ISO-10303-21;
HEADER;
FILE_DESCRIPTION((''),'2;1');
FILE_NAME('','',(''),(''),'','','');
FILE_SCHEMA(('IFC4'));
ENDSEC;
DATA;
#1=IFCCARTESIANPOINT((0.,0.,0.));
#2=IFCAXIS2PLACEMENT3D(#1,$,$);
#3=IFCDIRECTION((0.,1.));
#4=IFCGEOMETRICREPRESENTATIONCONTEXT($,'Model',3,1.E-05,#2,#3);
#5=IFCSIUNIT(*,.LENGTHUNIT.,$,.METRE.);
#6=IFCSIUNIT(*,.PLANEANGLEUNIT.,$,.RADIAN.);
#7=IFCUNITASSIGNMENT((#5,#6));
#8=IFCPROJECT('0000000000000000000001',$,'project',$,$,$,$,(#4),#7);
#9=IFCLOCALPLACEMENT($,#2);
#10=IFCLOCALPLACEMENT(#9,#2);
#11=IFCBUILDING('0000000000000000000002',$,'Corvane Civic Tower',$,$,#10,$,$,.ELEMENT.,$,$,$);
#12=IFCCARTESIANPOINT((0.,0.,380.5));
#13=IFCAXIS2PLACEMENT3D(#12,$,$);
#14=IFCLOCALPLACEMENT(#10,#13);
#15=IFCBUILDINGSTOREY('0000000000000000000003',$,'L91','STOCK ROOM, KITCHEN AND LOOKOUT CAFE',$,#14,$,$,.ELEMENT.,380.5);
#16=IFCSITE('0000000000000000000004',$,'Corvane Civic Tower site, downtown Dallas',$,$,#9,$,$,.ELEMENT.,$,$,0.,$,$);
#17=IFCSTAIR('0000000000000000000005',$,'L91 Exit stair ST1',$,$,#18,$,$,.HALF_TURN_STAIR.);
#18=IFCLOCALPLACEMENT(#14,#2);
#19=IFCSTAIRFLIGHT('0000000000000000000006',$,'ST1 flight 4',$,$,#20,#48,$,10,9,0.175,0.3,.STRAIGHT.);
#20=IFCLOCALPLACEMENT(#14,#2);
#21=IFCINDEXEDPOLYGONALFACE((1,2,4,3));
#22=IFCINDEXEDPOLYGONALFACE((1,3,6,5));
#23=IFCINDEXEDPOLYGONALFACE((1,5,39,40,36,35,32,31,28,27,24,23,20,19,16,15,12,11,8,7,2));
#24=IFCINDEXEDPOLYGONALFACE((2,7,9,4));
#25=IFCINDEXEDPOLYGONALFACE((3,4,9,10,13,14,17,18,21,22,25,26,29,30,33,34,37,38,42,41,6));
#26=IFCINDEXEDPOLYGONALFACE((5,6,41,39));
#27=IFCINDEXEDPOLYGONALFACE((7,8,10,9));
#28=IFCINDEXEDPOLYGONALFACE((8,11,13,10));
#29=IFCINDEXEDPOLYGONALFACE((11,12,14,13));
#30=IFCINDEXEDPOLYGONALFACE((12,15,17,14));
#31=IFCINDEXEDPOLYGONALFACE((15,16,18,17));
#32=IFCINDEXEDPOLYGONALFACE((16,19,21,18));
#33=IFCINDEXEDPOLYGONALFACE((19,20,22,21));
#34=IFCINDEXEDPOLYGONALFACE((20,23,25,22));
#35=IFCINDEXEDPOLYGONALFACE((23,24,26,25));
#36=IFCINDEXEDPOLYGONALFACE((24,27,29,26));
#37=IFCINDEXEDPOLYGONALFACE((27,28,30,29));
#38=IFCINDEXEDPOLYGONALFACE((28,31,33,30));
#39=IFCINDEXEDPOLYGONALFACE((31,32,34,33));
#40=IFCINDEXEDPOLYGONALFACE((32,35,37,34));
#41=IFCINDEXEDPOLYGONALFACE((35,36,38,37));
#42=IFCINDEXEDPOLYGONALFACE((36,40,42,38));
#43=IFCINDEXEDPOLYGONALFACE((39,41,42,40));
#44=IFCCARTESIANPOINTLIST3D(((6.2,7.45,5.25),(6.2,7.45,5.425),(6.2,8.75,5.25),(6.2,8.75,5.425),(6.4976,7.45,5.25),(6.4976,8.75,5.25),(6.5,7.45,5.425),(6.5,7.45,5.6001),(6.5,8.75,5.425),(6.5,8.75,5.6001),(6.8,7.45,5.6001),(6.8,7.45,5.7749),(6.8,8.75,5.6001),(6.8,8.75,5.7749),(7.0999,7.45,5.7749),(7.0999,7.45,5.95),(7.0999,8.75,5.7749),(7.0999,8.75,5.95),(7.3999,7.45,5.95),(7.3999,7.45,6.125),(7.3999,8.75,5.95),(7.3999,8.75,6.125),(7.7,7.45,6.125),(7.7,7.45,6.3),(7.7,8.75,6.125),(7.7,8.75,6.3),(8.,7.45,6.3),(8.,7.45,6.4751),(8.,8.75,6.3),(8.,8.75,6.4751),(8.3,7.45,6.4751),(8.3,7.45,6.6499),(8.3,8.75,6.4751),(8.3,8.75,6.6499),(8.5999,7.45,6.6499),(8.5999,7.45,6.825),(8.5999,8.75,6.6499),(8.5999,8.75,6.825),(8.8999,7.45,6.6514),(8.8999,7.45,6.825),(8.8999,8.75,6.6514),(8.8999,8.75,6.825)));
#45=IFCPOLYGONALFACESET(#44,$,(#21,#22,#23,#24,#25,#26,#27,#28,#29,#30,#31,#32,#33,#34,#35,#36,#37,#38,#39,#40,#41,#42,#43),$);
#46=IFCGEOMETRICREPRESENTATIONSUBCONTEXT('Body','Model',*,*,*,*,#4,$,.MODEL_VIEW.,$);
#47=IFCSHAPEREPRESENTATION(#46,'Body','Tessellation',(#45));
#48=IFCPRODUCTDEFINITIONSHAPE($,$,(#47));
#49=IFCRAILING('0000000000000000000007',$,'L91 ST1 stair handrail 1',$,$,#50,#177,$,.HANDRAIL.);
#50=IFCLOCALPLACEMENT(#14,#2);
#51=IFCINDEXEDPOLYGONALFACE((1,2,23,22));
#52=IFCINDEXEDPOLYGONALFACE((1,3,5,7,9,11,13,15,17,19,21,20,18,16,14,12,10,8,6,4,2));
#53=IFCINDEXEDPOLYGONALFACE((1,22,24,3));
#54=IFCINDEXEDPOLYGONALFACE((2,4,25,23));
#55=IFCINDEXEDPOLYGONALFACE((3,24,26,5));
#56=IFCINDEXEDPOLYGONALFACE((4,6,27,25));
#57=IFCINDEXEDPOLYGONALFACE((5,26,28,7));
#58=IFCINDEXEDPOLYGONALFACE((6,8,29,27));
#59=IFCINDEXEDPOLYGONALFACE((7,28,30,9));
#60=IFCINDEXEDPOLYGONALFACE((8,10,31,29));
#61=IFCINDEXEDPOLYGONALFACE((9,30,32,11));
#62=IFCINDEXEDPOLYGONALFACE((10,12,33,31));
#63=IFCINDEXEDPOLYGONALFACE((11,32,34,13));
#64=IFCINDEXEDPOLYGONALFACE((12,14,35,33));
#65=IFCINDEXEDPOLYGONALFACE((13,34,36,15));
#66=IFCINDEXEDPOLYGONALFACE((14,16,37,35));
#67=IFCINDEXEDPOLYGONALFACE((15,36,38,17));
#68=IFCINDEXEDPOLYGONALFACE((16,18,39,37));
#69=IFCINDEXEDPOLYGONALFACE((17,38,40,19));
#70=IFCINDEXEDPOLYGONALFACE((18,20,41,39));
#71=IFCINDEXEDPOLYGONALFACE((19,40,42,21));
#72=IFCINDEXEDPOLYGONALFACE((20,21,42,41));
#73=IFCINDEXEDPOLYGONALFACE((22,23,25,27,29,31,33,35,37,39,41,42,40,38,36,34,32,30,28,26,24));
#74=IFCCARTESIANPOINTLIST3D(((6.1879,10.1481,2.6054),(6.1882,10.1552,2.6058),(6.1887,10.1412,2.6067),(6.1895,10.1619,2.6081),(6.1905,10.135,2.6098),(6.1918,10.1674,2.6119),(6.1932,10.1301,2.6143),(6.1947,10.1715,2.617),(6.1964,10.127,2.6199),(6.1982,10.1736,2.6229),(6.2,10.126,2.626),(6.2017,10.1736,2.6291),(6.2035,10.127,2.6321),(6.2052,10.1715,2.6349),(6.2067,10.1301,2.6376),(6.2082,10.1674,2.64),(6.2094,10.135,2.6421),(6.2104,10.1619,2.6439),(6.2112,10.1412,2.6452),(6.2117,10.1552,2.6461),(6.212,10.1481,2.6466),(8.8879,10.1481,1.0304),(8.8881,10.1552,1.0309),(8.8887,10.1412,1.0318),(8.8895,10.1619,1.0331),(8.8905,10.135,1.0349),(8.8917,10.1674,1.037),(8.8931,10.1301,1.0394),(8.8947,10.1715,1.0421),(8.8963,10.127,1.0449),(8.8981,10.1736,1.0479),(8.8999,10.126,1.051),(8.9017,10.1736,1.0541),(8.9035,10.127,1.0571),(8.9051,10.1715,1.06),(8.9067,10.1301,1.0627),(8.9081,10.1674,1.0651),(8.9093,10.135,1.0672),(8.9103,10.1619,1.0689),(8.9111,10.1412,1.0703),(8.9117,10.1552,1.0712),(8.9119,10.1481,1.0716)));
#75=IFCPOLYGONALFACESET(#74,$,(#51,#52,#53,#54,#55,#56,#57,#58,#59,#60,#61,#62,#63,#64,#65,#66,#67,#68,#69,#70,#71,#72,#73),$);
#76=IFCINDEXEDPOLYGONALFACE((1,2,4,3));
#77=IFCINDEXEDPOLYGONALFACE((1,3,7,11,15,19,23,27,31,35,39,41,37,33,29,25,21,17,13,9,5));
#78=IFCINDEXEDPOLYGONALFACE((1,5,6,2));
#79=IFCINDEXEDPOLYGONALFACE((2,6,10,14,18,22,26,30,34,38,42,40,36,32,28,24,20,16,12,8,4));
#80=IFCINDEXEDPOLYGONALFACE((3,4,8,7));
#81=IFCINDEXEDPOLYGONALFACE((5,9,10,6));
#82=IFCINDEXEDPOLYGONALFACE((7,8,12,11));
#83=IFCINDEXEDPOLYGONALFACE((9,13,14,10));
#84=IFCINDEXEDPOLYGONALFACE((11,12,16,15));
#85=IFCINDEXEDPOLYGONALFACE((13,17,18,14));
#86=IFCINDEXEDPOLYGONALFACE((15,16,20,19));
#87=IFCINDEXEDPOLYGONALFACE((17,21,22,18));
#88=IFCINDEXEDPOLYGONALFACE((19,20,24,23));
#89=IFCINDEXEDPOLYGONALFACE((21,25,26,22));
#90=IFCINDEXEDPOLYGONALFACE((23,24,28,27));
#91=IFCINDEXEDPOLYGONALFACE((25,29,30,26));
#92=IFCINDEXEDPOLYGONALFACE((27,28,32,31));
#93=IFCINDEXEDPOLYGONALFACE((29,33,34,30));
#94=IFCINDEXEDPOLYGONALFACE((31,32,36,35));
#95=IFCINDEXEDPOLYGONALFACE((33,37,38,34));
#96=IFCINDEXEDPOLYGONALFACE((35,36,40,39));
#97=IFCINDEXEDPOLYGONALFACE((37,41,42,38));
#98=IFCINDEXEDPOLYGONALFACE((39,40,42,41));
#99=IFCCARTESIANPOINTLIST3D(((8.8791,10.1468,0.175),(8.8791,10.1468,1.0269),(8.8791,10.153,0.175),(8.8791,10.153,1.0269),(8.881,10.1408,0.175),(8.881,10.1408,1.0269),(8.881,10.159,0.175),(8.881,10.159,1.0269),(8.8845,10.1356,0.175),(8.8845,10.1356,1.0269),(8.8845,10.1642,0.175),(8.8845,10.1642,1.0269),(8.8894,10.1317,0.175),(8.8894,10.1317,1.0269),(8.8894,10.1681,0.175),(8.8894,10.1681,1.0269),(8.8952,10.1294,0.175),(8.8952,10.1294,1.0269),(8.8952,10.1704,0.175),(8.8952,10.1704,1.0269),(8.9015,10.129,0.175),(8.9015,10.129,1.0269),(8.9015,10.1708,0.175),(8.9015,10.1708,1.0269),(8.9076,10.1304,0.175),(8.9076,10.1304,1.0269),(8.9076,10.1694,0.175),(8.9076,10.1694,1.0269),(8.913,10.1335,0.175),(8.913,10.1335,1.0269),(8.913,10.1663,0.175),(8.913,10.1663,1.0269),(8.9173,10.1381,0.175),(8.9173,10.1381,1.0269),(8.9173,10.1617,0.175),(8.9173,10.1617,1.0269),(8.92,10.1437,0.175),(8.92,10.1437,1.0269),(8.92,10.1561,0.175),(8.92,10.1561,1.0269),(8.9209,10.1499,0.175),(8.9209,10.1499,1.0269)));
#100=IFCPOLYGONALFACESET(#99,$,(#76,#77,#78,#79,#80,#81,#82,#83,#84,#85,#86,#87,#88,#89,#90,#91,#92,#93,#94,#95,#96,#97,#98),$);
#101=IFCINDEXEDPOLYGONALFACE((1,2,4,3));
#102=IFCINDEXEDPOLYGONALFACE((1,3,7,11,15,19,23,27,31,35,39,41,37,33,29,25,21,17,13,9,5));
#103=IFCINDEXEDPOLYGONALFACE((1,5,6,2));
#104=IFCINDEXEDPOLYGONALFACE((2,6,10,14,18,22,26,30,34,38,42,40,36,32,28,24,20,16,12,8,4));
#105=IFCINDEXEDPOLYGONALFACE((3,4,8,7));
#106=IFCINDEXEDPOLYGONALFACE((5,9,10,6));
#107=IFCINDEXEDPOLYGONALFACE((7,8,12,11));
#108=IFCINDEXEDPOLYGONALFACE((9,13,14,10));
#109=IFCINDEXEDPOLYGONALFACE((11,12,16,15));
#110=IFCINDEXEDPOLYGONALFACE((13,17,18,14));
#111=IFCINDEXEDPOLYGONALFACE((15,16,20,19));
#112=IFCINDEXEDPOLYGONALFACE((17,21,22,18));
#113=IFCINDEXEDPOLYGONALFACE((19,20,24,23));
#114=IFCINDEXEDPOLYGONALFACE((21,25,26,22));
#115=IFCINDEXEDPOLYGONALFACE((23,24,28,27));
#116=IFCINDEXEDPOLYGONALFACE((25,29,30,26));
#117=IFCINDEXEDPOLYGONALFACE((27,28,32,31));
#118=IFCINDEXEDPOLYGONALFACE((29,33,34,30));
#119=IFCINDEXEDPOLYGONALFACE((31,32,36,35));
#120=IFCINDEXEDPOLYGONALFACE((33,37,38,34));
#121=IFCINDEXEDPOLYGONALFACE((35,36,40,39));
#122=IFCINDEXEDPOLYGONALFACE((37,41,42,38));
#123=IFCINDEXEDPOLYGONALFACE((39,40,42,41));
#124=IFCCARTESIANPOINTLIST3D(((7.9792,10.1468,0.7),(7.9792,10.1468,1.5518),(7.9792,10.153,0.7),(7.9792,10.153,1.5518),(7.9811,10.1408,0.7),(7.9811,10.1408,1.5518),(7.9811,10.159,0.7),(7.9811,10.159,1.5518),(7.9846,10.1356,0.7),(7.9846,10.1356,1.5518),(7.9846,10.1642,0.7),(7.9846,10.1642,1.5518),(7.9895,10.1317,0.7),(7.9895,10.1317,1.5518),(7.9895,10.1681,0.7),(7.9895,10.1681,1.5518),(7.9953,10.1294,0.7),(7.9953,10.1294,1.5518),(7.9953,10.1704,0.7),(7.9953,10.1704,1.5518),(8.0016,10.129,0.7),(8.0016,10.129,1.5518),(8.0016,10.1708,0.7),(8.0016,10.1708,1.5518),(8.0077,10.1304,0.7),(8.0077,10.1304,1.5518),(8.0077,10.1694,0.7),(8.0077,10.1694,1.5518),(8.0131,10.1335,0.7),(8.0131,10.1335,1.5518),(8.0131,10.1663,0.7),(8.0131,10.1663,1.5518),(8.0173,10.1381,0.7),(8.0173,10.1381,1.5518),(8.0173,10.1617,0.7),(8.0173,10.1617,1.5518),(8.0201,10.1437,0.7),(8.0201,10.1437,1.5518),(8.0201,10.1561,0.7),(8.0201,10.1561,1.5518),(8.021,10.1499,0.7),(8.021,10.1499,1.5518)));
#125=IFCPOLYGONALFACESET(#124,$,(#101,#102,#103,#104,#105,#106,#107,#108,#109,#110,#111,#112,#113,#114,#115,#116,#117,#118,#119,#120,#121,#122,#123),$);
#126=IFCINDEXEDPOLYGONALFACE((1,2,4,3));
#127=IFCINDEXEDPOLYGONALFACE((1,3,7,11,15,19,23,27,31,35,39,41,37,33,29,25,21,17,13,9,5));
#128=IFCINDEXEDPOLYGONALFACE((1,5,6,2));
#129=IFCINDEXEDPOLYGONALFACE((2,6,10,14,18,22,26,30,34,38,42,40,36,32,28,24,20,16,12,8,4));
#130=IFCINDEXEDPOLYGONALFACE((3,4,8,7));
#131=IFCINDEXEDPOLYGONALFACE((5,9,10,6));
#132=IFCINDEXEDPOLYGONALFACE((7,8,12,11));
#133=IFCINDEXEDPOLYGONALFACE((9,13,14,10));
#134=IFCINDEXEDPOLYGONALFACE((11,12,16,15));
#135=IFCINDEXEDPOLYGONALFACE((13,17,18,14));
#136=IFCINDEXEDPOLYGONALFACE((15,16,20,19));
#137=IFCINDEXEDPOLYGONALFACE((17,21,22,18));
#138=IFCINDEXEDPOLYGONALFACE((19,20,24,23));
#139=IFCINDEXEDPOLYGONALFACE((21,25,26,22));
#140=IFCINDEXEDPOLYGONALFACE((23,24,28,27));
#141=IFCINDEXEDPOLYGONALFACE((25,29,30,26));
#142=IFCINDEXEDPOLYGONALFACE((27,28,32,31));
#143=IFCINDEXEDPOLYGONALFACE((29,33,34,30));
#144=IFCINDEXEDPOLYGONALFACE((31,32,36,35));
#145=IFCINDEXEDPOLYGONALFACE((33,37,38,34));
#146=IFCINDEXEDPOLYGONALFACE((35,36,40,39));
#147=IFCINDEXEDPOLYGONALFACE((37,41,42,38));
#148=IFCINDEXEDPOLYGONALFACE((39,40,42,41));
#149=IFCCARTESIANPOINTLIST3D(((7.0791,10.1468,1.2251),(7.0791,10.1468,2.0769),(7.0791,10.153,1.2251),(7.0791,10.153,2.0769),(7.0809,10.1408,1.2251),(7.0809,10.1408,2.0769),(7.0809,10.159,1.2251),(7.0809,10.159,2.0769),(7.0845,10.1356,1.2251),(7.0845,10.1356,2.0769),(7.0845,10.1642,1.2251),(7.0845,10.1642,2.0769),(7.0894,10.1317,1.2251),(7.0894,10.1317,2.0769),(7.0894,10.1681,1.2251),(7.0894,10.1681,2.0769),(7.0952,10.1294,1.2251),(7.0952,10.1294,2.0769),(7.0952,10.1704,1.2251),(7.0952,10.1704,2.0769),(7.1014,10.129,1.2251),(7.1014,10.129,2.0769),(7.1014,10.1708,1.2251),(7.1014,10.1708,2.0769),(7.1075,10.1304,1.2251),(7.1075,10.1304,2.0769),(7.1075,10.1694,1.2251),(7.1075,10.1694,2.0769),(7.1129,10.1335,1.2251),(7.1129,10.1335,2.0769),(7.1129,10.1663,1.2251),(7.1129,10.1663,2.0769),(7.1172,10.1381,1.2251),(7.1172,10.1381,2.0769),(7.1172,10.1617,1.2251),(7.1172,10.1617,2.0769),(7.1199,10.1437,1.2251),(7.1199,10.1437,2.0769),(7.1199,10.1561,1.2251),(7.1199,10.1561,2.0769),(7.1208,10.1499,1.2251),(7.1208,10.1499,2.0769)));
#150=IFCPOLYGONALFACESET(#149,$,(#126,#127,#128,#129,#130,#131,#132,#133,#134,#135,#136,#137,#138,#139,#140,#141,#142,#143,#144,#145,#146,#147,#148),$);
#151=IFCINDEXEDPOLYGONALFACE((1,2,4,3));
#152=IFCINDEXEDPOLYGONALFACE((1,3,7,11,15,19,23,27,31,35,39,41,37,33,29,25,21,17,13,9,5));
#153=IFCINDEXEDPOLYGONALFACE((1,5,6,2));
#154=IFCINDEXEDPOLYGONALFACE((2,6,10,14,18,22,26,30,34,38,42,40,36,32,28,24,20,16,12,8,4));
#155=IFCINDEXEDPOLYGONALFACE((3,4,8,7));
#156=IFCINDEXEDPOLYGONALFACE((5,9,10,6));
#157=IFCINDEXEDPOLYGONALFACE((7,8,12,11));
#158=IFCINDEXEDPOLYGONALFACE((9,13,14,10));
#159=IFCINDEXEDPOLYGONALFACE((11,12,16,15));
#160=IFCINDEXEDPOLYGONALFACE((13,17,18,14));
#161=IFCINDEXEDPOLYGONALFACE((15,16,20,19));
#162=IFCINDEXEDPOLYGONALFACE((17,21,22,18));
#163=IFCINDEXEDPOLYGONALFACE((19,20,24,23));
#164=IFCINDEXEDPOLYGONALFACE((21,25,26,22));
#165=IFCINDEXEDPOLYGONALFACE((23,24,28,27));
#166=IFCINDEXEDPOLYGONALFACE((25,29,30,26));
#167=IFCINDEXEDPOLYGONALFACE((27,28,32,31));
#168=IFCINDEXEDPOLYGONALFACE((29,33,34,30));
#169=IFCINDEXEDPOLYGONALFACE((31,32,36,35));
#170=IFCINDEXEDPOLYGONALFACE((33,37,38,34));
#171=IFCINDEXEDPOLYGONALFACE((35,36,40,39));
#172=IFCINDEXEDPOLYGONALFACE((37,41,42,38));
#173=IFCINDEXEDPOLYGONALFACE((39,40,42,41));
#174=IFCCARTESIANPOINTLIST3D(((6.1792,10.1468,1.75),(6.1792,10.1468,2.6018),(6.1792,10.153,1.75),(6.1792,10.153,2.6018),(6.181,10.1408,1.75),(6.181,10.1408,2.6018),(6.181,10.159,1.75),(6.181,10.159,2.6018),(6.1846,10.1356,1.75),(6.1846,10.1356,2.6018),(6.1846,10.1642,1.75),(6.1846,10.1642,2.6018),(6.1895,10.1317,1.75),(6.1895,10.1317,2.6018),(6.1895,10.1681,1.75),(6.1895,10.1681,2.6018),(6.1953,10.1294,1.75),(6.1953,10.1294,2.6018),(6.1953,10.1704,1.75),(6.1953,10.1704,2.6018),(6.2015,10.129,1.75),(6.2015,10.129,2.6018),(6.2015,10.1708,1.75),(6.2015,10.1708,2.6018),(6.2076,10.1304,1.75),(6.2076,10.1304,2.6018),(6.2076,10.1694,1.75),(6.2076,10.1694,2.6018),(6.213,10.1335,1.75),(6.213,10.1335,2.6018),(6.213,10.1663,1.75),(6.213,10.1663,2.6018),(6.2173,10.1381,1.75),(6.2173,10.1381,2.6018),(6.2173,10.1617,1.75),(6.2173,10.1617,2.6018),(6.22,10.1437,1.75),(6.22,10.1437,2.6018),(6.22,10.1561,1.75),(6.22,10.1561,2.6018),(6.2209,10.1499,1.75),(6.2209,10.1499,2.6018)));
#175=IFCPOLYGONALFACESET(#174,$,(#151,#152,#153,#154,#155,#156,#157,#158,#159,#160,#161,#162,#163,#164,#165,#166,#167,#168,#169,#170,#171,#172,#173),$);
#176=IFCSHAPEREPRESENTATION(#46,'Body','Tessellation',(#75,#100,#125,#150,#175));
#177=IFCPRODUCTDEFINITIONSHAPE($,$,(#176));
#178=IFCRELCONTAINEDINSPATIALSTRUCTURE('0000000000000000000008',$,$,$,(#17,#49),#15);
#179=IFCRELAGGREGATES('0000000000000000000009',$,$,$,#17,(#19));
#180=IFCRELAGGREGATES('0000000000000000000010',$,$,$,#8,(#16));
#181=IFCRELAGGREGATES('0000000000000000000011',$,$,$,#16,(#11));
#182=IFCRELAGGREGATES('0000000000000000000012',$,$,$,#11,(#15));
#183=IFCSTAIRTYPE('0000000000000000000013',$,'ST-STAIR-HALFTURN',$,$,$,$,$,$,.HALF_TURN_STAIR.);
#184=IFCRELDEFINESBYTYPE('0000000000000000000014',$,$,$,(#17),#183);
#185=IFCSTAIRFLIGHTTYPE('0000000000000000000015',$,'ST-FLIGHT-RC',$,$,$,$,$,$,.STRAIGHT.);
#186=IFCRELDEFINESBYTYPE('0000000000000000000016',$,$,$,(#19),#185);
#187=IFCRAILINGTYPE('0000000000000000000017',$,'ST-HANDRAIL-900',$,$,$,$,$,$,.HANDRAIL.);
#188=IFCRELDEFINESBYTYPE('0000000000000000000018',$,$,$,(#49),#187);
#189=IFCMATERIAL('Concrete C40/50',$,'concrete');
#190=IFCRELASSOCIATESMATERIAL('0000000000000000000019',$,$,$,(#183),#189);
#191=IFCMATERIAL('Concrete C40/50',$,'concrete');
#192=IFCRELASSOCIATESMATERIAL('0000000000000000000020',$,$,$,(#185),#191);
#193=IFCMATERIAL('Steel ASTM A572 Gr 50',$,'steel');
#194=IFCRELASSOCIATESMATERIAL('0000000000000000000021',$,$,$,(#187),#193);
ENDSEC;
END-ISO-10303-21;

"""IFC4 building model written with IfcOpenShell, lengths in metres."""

from ifc_helpers import new_model, si_unit, direction, frame, origin, origin_2d, place, context, subcontext, project, spatial, polyline, circle, outline, extrude, material, type_object, element, aggregate, save


model = new_model("IFC4")

# Units and contexts
model_context = context("Model", 3, precision=1e-05, world=origin(), true_north=direction((0.0, 1.0)))
body_context = subcontext(model_context, "Body", "Model", "MODEL_VIEW")
ifc_project = project(units=[si_unit("LENGTHUNIT", "METRE"), si_unit("PLANEANGLEUNIT", "RADIAN")], contexts=[model_context])

# Site, building, storey
site_placement = place(None, origin())
site = spatial("IfcSite", under=ifc_project, at=site_placement, Name="Corvane Civic Tower site, downtown Dallas", CompositionType="ELEMENT", RefElevation=0.0)
building_placement = place(site_placement, origin())
building = spatial("IfcBuilding", under=site, at=building_placement, Name="Corvane Civic Tower", CompositionType="ELEMENT")
storey_placement = place(building_placement, frame((0.0, 0.0, 380.5)))
storey = spatial("IfcBuildingStorey", under=building, at=storey_placement, Name="L91", Description="STOCK ROOM, KITCHEN AND LOOKOUT CAFE", CompositionType="ELEMENT", Elevation=380.5)

# Stair, stair flight
ifc_material_1 = material(Name="Concrete C40/50", Category="concrete")
stair_type = type_object("IfcStairType", Name="ST-STAIR-HALFTURN", PredefinedType="HALF_TURN_STAIR", material=ifc_material_1)
stair_placement = place(storey_placement, origin())
stair = element("IfcStair", 1, at=stair_placement, inside=storey, type_object=stair_type, Name="L91 Exit stair ST1", PredefinedType="HALF_TURN_STAIR")
ifc_material_2 = material(Name="Concrete C40/50", Category="concrete")
stair_flight_type = type_object("IfcStairFlightType", Name="ST-FLIGHT-RC", PredefinedType="STRAIGHT", material=ifc_material_2)
stair_flight_1_placement = place(storey_placement, frame((6.2, 8.1001, 5.25), z_axis=(0.0, 0.0, 1.0), x_axis=(1.0, 0.0, 0.0)))
stair_flight_1 = element("IfcStairFlight", 2, at=stair_flight_1_placement, type_object=stair_flight_type, Name="ST1 flight 4", NumberOfRisers=10, NumberOfTreads=9, PredefinedType="STRAIGHT", RiserHeight=0.175, TreadLength=0.3, context=body_context, shape_type="SweptSolid", body=[
    extrude(outline(polyline([(0.0, 0.0), (0.0, 0.175), (0.3, 0.175), (0.3, 0.3501), (0.6001, 0.3501), (0.6001, 0.5249), (0.8999, 0.5249), (0.8999, 0.7), (1.2, 0.7), (1.2, 0.875), (1.5, 0.875), (1.5, 1.05), (1.8, 1.05), (1.8, 1.2251), (2.1001, 1.2251), (2.1001, 1.3999), (2.3999, 1.3999), (2.3999, 1.575), (2.7, 1.575), (2.7, 1.75), (2.7, 1.4014), (0.2976, 0.0), (0.0, 0.0)])), frame((0.0, 0.6499, 0.0), z_axis=(0.0, -1.0, 0.0), x_axis=(1.0, 0.0, 0.0)), (0.0, 0.0, 1.0), 1.3),
])
aggregate(stair, [stair_flight_1])

# Railing
ifc_material_3 = material(Name="Steel ASTM A572 Gr 50", Category="steel")
railing_type_1 = type_object("IfcRailingType", Name="ST-HANDRAIL-900", PredefinedType="HANDRAIL", material=ifc_material_3)
railing_1_placement = place(storey_placement, frame((8.8999, 10.1499, 0.175)))
element("IfcRailing", 3, at=railing_1_placement, inside=storey, type_object=railing_type_1, Name="L91 ST1 stair handrail 1", PredefinedType="HANDRAIL", context=body_context, shape_type="SweptSolid", body=[
    extrude(circle(Radius=0.0239, at=origin_2d()), frame((0.0, 0.0, 0.876), z_axis=(-0.863782, 0.0, 0.503866), x_axis=(0.0, -1.0, 0.0)), (0.0, 0.0, 1.0), 3.1257),
    extrude(circle(Radius=0.021, at=origin_2d()), origin(), (0.0, 0.0, 1.0), 0.8518),
    extrude(circle(Radius=0.021, at=origin_2d()), frame((-0.8999, 0.0, 0.5249)), (0.0, 0.0, 1.0), 0.8518),
    extrude(circle(Radius=0.021, at=origin_2d()), frame((-1.8, 0.0, 1.05)), (0.0, 0.0, 1.0), 0.8518),
    extrude(circle(Radius=0.021, at=origin_2d()), frame((-2.7, 0.0, 1.575)), (0.0, 0.0, 1.0), 0.8518),
])

save(model, "model.ifc")
